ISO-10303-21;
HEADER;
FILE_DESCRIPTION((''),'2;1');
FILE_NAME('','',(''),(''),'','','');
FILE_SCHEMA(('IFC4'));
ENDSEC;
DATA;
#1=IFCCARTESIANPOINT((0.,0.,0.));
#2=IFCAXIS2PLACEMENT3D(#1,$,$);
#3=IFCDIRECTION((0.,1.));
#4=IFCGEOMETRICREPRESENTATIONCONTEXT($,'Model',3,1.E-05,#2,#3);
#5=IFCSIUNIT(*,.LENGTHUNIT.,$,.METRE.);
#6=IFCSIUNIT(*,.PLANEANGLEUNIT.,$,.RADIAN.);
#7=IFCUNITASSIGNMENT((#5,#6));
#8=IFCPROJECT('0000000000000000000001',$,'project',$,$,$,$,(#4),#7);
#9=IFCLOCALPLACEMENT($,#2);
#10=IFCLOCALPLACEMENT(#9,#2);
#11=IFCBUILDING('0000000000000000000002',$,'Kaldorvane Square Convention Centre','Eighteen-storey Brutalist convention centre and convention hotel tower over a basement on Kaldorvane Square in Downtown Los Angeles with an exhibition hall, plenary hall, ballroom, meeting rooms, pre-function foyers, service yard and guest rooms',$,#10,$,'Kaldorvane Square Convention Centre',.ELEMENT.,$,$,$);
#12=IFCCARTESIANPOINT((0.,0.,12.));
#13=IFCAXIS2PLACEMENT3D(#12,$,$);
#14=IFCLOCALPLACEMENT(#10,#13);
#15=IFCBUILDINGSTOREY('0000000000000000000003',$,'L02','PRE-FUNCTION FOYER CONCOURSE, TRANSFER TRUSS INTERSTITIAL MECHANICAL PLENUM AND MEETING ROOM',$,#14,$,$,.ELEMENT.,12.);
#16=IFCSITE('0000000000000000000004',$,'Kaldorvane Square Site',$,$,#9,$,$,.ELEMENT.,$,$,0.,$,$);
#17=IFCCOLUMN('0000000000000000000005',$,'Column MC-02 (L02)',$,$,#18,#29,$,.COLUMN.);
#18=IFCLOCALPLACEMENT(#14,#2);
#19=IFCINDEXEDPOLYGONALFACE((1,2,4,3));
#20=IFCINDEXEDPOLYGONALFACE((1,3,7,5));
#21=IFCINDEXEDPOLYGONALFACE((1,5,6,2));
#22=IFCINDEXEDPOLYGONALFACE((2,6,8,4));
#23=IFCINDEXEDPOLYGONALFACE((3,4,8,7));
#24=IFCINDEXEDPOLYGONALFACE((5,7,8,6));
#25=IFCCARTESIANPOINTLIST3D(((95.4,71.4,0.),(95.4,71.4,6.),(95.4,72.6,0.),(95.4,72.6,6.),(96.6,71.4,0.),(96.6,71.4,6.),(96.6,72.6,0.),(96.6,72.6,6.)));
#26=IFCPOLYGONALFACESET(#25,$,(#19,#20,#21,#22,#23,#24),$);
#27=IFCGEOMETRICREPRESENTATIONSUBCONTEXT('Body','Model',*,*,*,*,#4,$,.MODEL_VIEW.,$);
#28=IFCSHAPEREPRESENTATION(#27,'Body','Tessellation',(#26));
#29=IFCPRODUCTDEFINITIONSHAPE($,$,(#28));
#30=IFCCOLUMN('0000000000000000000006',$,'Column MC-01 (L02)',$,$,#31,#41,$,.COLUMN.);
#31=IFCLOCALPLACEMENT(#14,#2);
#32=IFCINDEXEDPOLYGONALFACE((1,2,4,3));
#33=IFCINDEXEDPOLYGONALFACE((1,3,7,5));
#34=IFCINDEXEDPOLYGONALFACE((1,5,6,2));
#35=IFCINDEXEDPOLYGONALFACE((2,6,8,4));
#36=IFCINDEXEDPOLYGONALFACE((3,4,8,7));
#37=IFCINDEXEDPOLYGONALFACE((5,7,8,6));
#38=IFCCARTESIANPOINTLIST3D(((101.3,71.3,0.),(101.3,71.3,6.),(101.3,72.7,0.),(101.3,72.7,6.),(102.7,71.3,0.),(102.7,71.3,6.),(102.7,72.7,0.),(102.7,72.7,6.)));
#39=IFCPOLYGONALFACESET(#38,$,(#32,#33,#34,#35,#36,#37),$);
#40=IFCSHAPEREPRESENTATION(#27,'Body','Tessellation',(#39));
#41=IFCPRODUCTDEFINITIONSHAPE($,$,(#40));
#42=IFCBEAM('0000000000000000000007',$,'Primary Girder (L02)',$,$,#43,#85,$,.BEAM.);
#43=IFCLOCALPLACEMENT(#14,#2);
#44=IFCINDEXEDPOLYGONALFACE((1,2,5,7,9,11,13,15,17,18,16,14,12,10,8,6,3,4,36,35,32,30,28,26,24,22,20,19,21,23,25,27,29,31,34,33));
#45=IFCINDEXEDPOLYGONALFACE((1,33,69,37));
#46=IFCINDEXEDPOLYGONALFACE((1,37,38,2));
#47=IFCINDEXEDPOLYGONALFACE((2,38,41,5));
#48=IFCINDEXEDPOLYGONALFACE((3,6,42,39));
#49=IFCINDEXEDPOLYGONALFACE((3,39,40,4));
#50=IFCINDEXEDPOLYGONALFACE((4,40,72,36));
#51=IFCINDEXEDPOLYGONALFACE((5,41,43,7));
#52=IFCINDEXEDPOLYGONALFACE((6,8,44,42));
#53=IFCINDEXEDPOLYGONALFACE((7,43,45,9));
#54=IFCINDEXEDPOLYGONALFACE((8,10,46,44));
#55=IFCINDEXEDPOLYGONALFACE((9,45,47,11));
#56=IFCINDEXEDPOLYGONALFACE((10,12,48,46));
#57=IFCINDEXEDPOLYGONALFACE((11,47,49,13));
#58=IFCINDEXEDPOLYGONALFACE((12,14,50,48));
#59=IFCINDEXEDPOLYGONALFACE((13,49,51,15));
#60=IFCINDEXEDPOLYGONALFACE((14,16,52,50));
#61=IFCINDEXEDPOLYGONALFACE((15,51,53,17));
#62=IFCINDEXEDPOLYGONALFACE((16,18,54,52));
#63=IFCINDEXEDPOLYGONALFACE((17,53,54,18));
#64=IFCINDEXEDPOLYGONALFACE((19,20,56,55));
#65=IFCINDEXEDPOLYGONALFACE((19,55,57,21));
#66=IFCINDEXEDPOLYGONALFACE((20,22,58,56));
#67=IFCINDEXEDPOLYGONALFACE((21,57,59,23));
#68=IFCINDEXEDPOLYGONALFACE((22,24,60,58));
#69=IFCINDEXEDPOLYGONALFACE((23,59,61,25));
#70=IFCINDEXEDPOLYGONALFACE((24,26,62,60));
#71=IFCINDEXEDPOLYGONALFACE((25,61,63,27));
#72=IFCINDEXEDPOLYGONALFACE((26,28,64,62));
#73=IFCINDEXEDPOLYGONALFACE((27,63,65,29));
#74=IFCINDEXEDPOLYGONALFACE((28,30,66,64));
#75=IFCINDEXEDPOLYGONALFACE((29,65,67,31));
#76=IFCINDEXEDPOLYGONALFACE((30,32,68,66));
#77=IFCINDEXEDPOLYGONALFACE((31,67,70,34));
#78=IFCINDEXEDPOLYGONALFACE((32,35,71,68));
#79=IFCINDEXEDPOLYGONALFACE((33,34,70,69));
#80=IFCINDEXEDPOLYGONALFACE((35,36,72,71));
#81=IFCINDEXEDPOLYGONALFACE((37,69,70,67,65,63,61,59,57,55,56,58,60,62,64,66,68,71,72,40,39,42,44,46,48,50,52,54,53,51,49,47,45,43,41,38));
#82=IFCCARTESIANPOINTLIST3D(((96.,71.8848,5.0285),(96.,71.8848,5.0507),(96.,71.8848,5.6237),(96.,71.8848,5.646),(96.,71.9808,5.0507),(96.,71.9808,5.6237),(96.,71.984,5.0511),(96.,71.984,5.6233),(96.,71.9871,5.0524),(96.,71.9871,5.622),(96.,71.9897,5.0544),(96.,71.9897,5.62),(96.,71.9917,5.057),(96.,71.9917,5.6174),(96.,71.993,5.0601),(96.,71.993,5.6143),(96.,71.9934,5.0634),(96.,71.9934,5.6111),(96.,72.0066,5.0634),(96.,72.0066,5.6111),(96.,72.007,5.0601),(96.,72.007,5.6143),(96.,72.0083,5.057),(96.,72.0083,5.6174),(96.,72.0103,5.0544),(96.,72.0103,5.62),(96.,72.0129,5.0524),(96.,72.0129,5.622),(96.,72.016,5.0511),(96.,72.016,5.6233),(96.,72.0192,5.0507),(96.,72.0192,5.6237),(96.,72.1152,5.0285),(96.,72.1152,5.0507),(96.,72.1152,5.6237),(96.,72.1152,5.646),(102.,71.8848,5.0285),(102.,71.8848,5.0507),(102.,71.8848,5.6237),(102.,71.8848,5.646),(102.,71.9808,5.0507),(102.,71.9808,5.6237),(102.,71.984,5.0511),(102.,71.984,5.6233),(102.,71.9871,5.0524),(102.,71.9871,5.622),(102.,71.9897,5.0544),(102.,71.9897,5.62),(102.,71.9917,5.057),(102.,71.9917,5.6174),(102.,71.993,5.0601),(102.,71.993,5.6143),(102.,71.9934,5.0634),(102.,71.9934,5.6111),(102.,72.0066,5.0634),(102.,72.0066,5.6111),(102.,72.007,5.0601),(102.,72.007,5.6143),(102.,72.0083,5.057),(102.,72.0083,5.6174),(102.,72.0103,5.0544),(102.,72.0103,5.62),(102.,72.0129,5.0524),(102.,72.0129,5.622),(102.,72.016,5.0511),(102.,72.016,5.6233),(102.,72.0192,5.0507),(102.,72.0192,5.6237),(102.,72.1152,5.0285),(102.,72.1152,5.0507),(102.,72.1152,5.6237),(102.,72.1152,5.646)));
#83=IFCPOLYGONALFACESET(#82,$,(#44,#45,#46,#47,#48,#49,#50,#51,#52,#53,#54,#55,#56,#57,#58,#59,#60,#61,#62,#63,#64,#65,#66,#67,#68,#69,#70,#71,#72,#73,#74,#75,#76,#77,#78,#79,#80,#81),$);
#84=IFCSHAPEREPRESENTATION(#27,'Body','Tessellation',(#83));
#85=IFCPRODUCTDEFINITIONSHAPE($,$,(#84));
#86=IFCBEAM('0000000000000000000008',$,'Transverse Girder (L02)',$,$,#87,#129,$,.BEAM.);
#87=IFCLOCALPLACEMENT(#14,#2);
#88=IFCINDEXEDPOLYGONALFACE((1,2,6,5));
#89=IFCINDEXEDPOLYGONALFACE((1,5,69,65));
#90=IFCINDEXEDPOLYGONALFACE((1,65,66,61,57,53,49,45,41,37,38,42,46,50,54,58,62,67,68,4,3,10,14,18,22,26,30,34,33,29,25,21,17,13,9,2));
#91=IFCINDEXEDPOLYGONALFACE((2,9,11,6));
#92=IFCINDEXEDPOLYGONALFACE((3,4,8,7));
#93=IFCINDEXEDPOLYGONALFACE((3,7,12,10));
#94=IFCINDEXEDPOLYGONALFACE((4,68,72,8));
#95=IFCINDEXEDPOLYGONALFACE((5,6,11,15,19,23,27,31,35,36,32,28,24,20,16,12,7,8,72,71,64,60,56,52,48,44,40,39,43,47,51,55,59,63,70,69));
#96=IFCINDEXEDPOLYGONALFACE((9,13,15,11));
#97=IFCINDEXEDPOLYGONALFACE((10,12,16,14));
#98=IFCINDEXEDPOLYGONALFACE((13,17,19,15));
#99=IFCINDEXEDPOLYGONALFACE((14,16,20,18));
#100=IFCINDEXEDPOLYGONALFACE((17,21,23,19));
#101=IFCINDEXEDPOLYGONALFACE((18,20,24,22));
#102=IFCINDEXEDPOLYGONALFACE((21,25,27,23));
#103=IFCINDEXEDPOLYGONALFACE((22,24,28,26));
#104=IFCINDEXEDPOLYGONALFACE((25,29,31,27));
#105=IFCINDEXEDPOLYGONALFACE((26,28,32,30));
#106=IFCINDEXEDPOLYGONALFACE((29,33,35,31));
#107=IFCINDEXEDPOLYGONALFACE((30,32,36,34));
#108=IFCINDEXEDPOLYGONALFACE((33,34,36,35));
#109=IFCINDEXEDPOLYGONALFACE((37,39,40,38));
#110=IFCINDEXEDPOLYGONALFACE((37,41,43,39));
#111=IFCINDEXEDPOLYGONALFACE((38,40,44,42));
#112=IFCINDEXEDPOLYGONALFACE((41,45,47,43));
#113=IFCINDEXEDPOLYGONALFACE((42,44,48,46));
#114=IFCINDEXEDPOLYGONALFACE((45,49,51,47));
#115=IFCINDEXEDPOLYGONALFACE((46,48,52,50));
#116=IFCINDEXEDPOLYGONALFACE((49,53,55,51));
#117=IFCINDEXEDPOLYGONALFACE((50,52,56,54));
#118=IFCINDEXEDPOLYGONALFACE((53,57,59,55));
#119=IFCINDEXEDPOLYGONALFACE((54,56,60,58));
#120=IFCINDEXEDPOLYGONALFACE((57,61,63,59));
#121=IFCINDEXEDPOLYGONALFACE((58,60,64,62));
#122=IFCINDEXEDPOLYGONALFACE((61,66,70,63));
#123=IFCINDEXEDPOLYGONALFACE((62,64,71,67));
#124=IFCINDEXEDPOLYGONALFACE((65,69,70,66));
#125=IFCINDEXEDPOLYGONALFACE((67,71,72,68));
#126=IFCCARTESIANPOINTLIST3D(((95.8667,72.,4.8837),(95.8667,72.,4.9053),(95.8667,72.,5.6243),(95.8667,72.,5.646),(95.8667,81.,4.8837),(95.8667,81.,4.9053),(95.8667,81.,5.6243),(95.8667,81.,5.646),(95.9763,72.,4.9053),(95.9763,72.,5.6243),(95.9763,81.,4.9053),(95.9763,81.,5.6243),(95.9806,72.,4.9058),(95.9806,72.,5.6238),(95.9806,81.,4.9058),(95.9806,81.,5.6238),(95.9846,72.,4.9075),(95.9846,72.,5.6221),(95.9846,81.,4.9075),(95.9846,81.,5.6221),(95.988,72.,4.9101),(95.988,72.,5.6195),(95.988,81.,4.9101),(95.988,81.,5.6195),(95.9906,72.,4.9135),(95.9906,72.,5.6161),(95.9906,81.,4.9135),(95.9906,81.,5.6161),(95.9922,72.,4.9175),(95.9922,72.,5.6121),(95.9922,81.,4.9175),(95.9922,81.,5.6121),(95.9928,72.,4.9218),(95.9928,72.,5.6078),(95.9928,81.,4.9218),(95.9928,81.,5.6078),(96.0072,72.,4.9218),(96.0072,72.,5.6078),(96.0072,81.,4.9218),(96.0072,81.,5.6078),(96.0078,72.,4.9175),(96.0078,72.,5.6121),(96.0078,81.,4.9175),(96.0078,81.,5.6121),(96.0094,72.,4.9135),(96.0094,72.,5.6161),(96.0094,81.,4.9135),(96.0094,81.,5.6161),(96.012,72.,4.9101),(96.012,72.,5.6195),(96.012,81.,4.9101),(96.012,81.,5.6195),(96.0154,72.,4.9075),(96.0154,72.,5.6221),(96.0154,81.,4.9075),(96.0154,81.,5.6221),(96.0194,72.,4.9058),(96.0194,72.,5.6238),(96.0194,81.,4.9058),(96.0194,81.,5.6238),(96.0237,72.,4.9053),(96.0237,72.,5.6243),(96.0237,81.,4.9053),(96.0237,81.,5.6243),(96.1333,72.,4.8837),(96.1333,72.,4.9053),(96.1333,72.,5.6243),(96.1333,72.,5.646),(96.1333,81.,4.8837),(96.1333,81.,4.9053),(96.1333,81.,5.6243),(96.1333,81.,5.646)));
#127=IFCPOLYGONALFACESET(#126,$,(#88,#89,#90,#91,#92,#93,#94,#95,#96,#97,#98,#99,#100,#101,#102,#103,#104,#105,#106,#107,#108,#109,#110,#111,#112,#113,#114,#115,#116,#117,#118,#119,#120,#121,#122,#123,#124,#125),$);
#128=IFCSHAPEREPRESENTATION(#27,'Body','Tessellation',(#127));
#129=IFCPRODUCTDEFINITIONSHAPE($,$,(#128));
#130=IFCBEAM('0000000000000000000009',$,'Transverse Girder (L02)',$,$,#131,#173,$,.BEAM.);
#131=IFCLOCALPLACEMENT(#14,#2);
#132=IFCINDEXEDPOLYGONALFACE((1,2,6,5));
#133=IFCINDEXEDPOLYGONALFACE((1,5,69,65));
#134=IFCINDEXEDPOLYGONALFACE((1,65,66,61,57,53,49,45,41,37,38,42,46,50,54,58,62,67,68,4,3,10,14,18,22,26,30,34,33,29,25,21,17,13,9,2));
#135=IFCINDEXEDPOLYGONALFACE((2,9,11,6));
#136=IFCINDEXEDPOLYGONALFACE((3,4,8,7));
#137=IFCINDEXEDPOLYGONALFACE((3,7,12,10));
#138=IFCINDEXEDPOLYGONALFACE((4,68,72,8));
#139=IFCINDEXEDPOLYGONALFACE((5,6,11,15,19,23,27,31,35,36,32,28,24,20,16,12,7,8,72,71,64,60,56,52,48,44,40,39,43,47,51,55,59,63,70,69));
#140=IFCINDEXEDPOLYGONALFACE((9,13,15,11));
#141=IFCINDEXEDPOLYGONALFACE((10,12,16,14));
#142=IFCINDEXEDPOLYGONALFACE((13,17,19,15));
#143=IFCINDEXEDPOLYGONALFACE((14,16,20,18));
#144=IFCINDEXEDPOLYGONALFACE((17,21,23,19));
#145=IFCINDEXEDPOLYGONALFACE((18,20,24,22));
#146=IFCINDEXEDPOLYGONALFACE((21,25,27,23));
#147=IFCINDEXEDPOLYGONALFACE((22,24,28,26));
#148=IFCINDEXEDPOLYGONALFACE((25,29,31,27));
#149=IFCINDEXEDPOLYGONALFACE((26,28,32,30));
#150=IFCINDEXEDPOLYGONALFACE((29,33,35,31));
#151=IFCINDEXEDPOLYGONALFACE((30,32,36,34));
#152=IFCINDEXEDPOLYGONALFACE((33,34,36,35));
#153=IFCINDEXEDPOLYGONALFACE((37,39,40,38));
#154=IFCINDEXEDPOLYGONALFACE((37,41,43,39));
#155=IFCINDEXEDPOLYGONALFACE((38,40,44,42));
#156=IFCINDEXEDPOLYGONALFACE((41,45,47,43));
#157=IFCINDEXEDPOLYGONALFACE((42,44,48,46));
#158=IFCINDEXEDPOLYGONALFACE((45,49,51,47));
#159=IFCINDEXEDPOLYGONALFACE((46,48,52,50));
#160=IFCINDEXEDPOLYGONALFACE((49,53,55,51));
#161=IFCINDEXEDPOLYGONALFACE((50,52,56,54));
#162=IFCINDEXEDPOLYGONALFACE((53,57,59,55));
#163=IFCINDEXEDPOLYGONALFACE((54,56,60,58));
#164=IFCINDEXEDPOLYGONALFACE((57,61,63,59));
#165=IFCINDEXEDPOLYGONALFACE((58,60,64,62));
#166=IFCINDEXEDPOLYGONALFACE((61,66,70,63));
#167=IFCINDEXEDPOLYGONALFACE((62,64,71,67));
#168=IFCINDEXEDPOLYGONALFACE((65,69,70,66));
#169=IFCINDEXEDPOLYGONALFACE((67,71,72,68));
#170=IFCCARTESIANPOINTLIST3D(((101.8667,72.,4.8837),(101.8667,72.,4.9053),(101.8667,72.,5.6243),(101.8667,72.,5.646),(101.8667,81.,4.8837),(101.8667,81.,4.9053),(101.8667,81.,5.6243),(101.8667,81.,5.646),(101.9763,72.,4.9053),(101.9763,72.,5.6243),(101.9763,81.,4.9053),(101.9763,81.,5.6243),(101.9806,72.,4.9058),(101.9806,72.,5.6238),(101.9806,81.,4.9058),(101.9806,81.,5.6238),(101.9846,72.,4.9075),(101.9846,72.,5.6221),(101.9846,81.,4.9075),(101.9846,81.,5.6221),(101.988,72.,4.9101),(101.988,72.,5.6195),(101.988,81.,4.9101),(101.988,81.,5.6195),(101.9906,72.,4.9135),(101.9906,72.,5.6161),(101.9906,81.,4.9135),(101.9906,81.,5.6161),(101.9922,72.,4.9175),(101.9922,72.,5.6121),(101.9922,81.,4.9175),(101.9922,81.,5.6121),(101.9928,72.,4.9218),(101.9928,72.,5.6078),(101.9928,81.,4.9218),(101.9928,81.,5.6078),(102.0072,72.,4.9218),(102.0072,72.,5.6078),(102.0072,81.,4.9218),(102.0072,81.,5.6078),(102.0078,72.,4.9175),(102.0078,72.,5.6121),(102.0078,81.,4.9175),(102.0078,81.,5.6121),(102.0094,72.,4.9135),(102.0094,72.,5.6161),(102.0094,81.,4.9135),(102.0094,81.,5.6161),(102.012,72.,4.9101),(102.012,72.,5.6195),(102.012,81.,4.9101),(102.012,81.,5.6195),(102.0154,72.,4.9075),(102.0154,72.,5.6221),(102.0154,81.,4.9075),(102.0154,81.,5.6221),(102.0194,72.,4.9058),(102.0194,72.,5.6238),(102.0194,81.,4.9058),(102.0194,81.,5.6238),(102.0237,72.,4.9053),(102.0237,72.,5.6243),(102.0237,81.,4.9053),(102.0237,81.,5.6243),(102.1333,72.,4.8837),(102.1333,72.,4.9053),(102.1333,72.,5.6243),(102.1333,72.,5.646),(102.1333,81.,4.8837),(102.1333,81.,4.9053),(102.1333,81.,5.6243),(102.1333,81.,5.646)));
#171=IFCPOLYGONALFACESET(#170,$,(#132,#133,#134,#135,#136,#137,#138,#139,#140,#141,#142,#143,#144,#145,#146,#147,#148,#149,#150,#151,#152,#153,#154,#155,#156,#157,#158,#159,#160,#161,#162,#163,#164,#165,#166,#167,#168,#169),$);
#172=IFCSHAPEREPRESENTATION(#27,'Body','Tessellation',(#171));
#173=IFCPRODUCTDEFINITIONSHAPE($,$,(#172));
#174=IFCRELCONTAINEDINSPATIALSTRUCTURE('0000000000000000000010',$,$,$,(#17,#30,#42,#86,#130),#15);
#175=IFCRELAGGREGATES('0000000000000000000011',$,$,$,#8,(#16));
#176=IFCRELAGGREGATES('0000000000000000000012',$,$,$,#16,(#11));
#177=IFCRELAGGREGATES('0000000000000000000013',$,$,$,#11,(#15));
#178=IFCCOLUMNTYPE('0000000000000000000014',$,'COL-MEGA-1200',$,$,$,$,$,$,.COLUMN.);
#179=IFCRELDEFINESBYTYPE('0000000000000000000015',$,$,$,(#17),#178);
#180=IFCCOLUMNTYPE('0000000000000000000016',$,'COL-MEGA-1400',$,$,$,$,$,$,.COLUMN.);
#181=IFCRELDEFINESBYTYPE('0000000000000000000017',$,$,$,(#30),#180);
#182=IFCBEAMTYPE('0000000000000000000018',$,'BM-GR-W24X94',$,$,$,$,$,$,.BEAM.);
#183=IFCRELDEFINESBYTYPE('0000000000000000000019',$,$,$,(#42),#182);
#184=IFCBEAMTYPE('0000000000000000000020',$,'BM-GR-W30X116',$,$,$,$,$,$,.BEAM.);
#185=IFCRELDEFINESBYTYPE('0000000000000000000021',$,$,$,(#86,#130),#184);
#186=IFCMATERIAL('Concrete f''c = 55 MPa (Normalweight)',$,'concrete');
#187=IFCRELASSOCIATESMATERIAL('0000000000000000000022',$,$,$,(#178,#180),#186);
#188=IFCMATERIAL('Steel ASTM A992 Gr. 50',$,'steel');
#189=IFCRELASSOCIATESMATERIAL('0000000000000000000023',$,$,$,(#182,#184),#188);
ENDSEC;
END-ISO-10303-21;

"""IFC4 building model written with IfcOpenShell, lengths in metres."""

from ifc_helpers import new_model, si_unit, direction, frame, origin, origin_2d, place, context, subcontext, project, spatial, rectangle, i_section, extrude, material, material_profile, profile_set, type_object, element, save


model = new_model("IFC4")

# Units and contexts
model_context = context("Model", 3, precision=1e-05, world=origin(), true_north=direction((0.0, 1.0)))
body_context = subcontext(model_context, "Body", "Model", "MODEL_VIEW")
ifc_project = project(units=[si_unit("LENGTHUNIT", "METRE"), si_unit("PLANEANGLEUNIT", "RADIAN")], contexts=[model_context])

# Site, building, storey
site_placement = place(None, origin())
site = spatial("IfcSite", under=ifc_project, at=site_placement, Name="Kaldorvane Square Site", CompositionType="ELEMENT", RefElevation=0.0)
building_placement = place(site_placement, origin())
building = spatial("IfcBuilding", under=site, at=building_placement, Name="Kaldorvane Square Convention Centre", Description="Eighteen-storey Brutalist convention centre and convention hotel tower over a basement on Kaldorvane Square in Downtown Los Angeles with an exhibition hall, plenary hall, ballroom, meeting rooms, pre-function foyers, service yard and guest rooms", LongName="Kaldorvane Square Convention Centre", CompositionType="ELEMENT")
storey_placement = place(building_placement, frame((0.0, 0.0, 12.0)))
storey = spatial("IfcBuildingStorey", under=building, at=storey_placement, Name="L02", Description="PRE-FUNCTION FOYER CONCOURSE, TRANSFER TRUSS INTERSTITIAL MECHANICAL PLENUM AND MEETING ROOM", CompositionType="ELEMENT", Elevation=12.0)

# Columns
ifc_material_1 = material(Name="Concrete f'c = 55 MPa (Normalweight)", Category="concrete")
ifc_material_profile_1 = material_profile(ifc_material_1, rectangle(XDim=1.2, YDim=1.2, at=origin_2d()), Name="RC1200X1200")
ifc_profile_set_1 = profile_set([ifc_material_profile_1], Name="Concrete f'c = 55 MPa (Normalweight)")
column_type_1 = type_object("IfcColumnType", Name="COL-MEGA-1200", PredefinedType="COLUMN", material=ifc_profile_set_1)
column_1_placement = place(storey_placement, frame((96.0, 72.0, 0.0), z_axis=(0.0, 0.0, 1.0), x_axis=(1.0, 0.0, 0.0)))
element("IfcColumn", 1, at=column_1_placement, inside=storey, type_object=column_type_1, Name="Column MC-02 (L02)", PredefinedType="COLUMN", context=body_context, shape_type="SweptSolid", body=[
    extrude(rectangle(XDim=1.2, YDim=1.2, at=origin_2d()), origin(), (0.0, 0.0, 1.0), 6.0),
])
ifc_material_profile_2 = material_profile(ifc_material_1, rectangle(XDim=1.4, YDim=1.4, at=origin_2d()), Name="RC1400X1400")
ifc_profile_set_2 = profile_set([ifc_material_profile_2], Name="Concrete f'c = 55 MPa (Normalweight)")
column_type_2 = type_object("IfcColumnType", Name="COL-MEGA-1400", PredefinedType="COLUMN", material=ifc_profile_set_2)
column_2_placement = place(storey_placement, frame((102.0, 72.0, 0.0), z_axis=(0.0, 0.0, 1.0), x_axis=(1.0, 0.0, 0.0)))
element("IfcColumn", 2, at=column_2_placement, inside=storey, type_object=column_type_2, Name="Column MC-01 (L02)", PredefinedType="COLUMN", context=body_context, shape_type="SweptSolid", body=[
    extrude(rectangle(XDim=1.4, YDim=1.4, at=origin_2d()), origin(), (0.0, 0.0, 1.0), 6.0),
])

# Beams
ifc_material_2 = material(Name="Steel ASTM A992 Gr. 50", Category="steel")
ifc_material_profile_3 = material_profile(ifc_material_2, i_section(OverallWidth=0.2303, OverallDepth=0.6175, WebThickness=0.0131, FlangeThickness=0.0222, FilletRadius=0.0127, at=origin_2d()), Name="W24X94")
ifc_profile_set_3 = profile_set([ifc_material_profile_3], Name="Steel ASTM A992 Gr. 50")
beam_type_1 = type_object("IfcBeamType", Name="BM-GR-W24X94", PredefinedType="BEAM", material=ifc_profile_set_3)
beam_1_placement = place(storey_placement, frame((96.0, 72.0, 5.3372), z_axis=(1.0, 0.0, 0.0), x_axis=(0.0, 1.0, 0.0)))
element("IfcBeam", 3, at=beam_1_placement, inside=storey, type_object=beam_type_1, Name="Primary Girder (L02)", PredefinedType="BEAM", context=body_context, shape_type="SweptSolid", body=[
    extrude(i_section(OverallWidth=0.2303, OverallDepth=0.6175, WebThickness=0.0131, FlangeThickness=0.0222, FilletRadius=0.0127, at=origin_2d()), origin(), (0.0, 0.0, 1.0), 6.0),
])
ifc_material_profile_4 = material_profile(ifc_material_2, i_section(OverallWidth=0.2666, OverallDepth=0.7623, WebThickness=0.0144, FlangeThickness=0.0216, FilletRadius=0.0165, at=origin_2d()), Name="W30X116")
ifc_profile_set_4 = profile_set([ifc_material_profile_4], Name="Steel ASTM A992 Gr. 50")
beam_type_2 = type_object("IfcBeamType", Name="BM-GR-W30X116", PredefinedType="BEAM", material=ifc_profile_set_4)
for number, where, z_axis, x_axis, name in (
    (4, (96.0, 72.0, 5.2648), (0.0, 1.0, 0.0), (-1.0, 0.0, 0.0), "Transverse Girder (L02)"),
    (5, (102.0, 72.0, 5.2648), (0.0, 1.0, 0.0), (-1.0, 0.0, 0.0), "Transverse Girder (L02)"),
):
    element("IfcBeam", number, at=place(storey_placement, frame(where, z_axis=z_axis, x_axis=x_axis)), inside=storey, type_object=beam_type_2, Name=name, PredefinedType="BEAM", context=body_context, shape_type="SweptSolid", body=[
        extrude(i_section(OverallWidth=0.2666, OverallDepth=0.7623, WebThickness=0.0144, FlangeThickness=0.0216, FilletRadius=0.0165, at=origin_2d()), origin(), (0.0, 0.0, 1.0), 9.0),
    ])

save(model, "model.ifc")
